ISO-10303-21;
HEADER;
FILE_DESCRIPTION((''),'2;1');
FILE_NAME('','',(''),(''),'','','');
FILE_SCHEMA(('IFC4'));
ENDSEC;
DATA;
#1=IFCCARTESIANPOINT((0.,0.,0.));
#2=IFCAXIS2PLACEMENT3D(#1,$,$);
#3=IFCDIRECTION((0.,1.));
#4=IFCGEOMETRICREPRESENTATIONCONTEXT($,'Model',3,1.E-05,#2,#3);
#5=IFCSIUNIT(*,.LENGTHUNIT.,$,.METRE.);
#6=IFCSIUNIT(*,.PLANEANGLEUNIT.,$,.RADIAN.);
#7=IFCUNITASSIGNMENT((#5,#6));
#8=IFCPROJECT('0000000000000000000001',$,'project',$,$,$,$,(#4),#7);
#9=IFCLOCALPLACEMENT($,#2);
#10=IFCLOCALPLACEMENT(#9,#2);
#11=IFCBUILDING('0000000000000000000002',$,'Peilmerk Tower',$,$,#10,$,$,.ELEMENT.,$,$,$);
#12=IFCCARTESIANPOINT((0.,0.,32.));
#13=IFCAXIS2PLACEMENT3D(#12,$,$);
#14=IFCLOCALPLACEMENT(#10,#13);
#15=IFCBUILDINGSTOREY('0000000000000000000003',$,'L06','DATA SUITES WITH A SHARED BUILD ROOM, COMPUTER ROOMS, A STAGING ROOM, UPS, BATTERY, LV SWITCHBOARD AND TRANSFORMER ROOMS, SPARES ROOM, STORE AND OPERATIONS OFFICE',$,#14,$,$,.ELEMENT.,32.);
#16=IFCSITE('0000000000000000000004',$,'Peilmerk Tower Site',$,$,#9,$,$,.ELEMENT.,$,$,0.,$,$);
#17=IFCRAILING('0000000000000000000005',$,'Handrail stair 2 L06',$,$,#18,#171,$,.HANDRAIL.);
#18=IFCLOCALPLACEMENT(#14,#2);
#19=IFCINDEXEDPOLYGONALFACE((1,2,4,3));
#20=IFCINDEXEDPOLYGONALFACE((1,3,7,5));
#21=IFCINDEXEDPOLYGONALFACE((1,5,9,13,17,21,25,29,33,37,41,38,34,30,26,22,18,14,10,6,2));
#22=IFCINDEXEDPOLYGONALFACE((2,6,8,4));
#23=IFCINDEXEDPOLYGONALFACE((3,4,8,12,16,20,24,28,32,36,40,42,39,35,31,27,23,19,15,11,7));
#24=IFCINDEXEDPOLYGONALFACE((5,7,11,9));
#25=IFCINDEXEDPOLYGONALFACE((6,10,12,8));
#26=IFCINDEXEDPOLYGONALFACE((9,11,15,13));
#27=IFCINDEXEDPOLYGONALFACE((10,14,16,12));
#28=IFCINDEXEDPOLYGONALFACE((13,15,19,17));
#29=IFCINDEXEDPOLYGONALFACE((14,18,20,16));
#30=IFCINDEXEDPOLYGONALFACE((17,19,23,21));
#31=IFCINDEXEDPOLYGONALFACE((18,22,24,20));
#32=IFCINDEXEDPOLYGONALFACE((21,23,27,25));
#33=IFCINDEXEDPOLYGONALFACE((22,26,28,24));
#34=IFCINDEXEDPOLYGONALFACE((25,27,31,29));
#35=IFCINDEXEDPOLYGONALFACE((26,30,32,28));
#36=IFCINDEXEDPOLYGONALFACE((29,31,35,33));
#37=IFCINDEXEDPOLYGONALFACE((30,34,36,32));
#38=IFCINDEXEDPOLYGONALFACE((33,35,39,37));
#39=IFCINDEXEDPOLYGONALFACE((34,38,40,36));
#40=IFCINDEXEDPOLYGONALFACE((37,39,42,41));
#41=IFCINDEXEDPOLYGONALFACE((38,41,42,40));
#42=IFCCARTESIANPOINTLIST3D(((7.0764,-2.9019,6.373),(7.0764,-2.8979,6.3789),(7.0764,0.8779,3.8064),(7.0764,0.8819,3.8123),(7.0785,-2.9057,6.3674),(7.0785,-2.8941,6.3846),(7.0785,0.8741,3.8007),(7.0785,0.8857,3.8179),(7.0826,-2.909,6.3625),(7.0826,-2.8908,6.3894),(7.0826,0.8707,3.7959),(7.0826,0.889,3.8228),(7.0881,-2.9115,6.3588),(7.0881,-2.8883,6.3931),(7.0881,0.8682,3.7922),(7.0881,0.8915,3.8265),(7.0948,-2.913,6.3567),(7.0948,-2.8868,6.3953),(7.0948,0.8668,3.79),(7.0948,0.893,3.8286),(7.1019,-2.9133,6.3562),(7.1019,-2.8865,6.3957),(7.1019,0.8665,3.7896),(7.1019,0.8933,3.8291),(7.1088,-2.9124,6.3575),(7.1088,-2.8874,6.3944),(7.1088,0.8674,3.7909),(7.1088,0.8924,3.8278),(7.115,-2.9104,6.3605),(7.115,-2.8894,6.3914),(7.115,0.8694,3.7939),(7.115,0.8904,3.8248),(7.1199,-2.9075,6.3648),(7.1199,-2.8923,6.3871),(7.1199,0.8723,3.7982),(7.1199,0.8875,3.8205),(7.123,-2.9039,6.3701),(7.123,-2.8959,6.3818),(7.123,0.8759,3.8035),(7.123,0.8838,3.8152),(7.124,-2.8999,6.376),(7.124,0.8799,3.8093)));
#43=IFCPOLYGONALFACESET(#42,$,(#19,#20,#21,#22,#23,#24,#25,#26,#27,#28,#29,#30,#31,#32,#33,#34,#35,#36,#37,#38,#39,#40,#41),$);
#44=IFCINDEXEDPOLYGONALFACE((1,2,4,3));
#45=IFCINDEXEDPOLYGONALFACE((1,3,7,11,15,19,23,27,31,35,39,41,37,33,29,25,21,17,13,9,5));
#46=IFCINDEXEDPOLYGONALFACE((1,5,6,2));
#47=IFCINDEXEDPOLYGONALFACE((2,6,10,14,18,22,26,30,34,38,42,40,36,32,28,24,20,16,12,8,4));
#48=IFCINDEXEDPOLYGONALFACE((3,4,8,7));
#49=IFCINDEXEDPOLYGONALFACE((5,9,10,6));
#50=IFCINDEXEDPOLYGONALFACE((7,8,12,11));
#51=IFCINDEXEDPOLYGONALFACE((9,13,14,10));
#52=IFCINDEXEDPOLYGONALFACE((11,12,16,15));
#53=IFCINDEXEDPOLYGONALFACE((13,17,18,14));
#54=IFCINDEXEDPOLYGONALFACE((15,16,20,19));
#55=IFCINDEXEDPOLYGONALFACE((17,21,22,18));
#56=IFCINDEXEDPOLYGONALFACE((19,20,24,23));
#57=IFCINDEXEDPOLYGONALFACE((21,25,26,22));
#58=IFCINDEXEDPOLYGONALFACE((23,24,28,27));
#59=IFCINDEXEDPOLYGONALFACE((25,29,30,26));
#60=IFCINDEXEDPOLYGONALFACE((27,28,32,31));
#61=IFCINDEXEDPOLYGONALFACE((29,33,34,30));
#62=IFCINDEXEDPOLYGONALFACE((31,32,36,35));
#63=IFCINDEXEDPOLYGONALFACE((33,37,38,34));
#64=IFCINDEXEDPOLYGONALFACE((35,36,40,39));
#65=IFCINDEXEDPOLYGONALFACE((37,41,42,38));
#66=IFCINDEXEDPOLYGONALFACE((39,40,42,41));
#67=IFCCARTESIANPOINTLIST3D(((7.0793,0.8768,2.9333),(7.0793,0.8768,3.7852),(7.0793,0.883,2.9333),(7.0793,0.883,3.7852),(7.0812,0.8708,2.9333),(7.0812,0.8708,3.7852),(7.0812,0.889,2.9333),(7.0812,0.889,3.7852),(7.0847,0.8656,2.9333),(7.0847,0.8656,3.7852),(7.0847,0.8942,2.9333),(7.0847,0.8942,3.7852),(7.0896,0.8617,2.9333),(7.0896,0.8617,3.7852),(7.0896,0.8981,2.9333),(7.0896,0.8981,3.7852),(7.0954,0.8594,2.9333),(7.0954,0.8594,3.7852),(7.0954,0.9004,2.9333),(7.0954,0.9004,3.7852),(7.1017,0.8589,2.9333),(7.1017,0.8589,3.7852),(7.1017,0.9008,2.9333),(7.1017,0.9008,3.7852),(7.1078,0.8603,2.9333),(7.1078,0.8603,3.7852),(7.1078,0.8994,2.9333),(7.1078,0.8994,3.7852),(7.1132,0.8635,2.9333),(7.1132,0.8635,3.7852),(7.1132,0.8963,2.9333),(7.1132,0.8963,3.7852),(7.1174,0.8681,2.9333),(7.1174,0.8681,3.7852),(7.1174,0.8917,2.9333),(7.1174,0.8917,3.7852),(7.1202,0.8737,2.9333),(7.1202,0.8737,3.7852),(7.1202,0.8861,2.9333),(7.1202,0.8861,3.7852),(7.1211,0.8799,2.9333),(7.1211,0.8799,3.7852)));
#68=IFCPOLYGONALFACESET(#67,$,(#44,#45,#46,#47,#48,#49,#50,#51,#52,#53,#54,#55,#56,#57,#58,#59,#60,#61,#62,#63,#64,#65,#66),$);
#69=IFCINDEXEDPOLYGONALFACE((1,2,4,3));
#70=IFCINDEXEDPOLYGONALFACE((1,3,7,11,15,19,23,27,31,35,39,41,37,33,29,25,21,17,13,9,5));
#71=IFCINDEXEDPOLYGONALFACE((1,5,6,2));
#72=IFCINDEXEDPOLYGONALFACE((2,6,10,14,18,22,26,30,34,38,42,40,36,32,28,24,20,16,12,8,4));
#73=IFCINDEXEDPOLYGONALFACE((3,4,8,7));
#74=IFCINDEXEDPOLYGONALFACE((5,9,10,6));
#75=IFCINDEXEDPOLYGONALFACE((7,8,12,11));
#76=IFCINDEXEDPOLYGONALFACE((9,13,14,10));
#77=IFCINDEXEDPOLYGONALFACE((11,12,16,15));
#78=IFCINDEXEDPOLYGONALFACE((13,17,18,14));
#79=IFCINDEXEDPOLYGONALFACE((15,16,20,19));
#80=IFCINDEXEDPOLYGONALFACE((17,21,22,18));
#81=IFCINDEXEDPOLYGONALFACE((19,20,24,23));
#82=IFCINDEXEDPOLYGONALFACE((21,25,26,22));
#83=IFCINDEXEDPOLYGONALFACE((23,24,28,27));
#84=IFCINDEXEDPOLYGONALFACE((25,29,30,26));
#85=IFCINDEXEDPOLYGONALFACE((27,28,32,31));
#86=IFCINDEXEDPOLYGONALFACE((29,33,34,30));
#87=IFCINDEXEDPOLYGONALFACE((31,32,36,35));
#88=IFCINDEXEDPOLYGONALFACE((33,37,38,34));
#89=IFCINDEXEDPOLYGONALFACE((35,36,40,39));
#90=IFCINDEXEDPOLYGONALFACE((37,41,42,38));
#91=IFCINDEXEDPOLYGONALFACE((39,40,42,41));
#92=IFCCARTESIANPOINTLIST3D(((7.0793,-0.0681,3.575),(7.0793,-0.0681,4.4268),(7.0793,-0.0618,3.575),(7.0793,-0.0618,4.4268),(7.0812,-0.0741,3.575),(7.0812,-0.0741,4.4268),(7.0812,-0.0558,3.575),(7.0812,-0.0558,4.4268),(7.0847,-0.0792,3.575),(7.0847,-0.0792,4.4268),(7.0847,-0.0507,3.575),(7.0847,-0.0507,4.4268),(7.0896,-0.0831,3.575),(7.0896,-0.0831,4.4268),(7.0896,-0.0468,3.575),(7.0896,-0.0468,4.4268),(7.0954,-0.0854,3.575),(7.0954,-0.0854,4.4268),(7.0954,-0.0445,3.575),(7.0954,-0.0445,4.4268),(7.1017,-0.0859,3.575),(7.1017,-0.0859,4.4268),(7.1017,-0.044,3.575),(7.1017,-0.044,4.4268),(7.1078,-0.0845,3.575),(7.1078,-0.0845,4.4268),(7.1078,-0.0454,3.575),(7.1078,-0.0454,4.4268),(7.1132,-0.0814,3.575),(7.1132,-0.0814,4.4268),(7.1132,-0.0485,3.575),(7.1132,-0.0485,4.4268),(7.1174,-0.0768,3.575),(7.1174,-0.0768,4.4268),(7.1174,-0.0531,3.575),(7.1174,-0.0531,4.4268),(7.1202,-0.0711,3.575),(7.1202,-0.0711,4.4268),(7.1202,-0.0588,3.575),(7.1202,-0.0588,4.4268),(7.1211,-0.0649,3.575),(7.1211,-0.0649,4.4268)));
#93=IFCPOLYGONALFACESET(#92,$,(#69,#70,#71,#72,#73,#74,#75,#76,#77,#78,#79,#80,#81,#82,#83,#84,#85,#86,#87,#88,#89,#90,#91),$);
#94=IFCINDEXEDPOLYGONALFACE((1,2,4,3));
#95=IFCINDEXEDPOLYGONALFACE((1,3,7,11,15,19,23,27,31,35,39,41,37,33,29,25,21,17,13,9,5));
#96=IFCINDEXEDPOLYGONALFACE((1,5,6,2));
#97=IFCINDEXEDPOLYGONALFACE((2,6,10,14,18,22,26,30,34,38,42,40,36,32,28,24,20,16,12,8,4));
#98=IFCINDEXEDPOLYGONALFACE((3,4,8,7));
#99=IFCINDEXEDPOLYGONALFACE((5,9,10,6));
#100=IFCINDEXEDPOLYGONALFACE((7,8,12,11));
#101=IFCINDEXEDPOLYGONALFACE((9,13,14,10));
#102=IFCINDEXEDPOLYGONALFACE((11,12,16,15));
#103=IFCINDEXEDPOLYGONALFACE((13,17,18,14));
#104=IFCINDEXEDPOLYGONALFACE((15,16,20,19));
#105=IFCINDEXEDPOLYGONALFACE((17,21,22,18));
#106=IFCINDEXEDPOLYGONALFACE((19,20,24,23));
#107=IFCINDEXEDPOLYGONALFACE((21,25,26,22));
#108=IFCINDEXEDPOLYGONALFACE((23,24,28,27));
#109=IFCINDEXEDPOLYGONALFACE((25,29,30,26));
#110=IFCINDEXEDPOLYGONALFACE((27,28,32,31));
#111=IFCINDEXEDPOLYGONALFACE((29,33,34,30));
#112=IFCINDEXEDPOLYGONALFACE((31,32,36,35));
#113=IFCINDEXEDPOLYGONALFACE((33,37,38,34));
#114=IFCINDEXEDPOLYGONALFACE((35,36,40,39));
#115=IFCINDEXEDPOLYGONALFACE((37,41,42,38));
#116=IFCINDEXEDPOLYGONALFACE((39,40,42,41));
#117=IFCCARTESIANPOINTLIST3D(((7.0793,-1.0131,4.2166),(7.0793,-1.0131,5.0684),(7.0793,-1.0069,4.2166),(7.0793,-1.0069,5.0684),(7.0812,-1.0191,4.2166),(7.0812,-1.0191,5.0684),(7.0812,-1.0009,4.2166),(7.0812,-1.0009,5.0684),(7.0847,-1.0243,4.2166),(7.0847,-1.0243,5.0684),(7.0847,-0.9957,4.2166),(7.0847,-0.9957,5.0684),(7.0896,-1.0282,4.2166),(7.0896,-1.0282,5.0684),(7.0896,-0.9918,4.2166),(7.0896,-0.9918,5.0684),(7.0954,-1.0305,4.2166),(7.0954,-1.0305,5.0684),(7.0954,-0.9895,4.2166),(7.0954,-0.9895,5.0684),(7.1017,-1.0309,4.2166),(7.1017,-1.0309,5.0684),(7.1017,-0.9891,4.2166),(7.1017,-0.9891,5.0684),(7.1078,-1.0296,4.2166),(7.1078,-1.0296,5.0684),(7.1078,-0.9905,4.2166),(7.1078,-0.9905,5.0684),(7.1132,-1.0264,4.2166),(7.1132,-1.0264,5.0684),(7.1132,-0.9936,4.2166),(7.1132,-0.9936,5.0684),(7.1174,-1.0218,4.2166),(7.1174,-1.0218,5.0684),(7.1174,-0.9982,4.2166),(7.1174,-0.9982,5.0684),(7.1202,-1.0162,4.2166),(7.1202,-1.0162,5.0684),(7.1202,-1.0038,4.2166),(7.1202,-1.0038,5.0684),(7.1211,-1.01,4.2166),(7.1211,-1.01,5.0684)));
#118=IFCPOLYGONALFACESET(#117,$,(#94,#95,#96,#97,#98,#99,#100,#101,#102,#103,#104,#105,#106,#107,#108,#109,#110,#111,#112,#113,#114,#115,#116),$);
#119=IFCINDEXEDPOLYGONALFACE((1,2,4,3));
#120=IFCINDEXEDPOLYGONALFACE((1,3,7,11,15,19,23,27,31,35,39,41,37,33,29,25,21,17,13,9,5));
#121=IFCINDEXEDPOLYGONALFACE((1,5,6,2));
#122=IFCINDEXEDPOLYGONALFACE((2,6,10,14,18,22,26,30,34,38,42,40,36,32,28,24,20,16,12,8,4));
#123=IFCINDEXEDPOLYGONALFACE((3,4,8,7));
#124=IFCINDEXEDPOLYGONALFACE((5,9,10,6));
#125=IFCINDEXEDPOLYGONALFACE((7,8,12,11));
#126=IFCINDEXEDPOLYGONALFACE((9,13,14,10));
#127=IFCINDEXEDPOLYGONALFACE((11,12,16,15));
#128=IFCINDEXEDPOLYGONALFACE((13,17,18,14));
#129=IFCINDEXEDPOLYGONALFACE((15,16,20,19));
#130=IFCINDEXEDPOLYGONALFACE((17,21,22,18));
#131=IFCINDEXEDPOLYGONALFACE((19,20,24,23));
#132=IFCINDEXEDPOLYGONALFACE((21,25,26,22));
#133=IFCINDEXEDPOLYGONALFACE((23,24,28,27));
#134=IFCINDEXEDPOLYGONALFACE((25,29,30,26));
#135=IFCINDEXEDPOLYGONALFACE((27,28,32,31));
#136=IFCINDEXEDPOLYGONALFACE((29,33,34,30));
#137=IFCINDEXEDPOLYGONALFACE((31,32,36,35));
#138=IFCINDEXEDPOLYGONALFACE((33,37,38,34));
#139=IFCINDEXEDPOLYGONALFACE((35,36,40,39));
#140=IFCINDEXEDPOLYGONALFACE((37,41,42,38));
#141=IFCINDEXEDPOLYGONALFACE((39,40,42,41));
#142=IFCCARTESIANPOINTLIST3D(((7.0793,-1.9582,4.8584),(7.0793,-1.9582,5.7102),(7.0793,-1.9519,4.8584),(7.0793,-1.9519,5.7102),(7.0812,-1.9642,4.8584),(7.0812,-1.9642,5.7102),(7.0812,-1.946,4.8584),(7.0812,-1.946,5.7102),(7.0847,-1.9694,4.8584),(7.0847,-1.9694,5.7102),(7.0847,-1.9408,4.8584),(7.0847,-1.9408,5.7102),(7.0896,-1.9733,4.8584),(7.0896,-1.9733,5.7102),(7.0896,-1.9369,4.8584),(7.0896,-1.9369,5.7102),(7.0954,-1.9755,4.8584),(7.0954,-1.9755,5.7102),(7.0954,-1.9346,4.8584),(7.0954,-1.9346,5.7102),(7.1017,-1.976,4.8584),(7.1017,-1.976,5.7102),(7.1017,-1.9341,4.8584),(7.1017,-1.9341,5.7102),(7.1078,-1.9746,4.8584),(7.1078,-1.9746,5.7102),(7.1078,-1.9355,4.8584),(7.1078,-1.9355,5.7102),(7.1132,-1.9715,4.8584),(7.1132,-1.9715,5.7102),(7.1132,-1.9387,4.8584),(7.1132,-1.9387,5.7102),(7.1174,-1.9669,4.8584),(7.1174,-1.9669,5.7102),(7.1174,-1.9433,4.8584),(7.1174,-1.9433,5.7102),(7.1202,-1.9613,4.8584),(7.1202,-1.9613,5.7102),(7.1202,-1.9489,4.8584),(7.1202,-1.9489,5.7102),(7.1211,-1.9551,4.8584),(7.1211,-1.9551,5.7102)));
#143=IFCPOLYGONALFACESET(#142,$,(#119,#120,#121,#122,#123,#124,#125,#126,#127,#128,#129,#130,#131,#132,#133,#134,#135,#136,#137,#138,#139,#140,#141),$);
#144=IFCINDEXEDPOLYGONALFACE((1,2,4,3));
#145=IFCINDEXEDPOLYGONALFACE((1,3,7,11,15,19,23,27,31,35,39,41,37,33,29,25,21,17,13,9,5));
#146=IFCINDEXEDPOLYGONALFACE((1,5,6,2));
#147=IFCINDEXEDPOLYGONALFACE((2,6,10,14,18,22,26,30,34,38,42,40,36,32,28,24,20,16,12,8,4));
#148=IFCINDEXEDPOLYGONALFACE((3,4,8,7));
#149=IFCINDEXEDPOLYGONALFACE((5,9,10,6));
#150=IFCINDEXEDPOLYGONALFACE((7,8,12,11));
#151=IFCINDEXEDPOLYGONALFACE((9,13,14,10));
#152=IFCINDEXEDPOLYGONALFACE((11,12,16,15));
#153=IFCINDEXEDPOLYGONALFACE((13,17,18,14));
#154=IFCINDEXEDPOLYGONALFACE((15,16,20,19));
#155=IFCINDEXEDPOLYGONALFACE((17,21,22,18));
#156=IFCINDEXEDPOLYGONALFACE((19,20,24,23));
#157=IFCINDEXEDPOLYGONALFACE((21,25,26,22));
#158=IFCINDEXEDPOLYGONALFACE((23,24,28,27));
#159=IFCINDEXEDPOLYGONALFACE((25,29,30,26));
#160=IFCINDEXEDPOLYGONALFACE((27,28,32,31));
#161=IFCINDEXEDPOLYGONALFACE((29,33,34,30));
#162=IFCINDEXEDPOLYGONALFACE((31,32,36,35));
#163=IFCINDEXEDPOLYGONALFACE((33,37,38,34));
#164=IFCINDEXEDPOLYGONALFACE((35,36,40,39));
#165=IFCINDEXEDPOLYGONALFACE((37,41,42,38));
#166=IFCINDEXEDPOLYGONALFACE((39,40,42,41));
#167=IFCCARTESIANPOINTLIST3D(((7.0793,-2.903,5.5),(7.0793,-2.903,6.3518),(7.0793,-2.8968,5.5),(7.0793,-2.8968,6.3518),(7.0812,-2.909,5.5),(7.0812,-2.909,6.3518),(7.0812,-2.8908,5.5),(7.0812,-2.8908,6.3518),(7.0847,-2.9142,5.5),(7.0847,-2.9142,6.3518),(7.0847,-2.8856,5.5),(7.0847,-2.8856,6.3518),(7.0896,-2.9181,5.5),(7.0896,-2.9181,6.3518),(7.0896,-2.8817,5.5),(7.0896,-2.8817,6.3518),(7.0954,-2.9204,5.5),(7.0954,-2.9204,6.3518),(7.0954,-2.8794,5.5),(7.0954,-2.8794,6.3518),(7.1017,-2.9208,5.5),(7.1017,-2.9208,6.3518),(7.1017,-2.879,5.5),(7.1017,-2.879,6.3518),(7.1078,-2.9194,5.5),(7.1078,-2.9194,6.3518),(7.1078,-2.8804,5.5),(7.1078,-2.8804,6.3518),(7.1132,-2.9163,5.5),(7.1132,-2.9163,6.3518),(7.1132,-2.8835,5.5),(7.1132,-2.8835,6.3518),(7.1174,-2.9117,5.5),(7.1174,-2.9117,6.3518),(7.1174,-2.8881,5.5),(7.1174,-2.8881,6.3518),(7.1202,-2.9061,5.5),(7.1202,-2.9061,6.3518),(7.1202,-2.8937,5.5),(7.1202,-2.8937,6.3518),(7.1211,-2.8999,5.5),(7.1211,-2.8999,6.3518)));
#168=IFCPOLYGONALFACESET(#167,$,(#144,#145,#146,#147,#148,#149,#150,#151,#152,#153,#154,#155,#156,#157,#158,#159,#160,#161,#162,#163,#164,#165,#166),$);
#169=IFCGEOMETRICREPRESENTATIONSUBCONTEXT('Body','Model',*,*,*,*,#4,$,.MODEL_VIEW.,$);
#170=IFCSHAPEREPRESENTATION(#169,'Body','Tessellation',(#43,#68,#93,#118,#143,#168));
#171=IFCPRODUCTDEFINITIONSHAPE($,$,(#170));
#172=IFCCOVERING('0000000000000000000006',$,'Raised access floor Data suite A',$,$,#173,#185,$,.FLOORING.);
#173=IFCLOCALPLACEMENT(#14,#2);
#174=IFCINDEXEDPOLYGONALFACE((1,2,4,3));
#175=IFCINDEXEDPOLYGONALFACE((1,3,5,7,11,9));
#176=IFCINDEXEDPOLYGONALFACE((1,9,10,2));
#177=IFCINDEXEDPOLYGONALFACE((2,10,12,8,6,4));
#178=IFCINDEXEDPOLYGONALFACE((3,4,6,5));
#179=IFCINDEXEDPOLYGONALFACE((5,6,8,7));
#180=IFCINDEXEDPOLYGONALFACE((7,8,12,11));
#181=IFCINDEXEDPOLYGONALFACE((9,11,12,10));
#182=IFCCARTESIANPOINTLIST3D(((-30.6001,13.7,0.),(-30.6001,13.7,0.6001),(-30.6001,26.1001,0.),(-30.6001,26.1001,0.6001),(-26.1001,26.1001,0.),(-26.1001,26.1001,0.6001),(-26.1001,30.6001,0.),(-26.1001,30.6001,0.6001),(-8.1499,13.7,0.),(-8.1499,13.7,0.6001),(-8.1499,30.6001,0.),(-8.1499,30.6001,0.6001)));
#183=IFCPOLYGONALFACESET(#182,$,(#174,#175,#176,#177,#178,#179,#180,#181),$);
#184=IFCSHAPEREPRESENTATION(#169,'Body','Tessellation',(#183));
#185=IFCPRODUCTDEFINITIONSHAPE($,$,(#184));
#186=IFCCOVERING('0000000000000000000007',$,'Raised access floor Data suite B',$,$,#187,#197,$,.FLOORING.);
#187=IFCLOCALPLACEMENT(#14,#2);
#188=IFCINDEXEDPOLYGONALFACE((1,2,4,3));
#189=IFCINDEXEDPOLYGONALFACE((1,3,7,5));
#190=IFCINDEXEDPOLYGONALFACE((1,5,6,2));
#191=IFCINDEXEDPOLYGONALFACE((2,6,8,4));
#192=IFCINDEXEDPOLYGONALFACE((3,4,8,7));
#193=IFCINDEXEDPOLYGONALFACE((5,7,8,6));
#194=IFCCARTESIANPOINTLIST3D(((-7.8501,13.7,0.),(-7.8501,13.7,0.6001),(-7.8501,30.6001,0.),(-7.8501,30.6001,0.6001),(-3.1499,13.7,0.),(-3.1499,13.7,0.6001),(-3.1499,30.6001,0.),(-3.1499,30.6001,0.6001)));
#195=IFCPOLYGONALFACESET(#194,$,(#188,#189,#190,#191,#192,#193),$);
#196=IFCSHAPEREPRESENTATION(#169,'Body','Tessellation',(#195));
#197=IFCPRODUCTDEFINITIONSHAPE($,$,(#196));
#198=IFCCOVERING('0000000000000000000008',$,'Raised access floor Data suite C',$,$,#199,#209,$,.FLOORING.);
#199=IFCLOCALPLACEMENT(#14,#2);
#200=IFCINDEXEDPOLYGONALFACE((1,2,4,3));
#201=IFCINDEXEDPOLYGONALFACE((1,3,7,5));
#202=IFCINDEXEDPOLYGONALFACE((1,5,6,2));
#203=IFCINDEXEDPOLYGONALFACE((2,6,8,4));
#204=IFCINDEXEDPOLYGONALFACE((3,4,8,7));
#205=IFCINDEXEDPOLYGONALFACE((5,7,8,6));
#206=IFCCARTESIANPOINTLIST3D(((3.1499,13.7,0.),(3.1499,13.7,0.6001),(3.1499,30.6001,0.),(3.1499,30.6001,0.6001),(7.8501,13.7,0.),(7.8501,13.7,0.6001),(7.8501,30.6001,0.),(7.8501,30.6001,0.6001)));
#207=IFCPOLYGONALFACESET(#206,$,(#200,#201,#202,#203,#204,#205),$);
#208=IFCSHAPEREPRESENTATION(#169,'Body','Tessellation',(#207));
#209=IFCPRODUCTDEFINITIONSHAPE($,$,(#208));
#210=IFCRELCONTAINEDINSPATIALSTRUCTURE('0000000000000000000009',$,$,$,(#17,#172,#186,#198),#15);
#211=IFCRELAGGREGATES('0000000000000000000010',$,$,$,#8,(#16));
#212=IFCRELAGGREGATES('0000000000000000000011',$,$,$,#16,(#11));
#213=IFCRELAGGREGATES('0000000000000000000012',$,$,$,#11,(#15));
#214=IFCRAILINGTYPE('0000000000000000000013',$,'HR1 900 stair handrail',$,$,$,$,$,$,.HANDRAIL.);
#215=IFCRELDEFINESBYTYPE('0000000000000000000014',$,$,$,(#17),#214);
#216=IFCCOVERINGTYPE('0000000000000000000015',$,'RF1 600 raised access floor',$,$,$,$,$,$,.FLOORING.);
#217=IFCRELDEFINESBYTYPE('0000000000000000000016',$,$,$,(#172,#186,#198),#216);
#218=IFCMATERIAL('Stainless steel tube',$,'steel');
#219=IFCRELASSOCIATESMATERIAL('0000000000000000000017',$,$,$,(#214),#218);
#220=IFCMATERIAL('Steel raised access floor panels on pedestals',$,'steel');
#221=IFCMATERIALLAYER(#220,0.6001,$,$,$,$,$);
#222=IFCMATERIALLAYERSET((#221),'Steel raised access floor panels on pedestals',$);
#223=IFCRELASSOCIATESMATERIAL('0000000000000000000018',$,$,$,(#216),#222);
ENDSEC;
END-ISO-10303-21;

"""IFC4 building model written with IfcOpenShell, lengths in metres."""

from ifc_helpers import new_model, si_unit, direction, frame, origin, origin_2d, place, context, subcontext, project, spatial, polyline, circle, outline, extrude, material, layer, layer_set, type_object, element, save


model = new_model("IFC4")

# Units and contexts
model_context = context("Model", 3, precision=1e-05, world=origin(), true_north=direction((0.0, 1.0)))
body_context = subcontext(model_context, "Body", "Model", "MODEL_VIEW")
ifc_project = project(units=[si_unit("LENGTHUNIT", "METRE"), si_unit("PLANEANGLEUNIT", "RADIAN")], contexts=[model_context])

# Site, building, storey
site_placement = place(None, origin())
site = spatial("IfcSite", under=ifc_project, at=site_placement, Name="Peilmerk Tower Site", CompositionType="ELEMENT", RefElevation=0.0)
building_placement = place(site_placement, origin())
building = spatial("IfcBuilding", under=site, at=building_placement, Name="Peilmerk Tower", CompositionType="ELEMENT")
storey_placement = place(building_placement, frame((0.0, 0.0, 32.0)))
storey = spatial("IfcBuildingStorey", under=building, at=storey_placement, Name="L06", Description="DATA SUITES WITH A SHARED BUILD ROOM, COMPUTER ROOMS, A STAGING ROOM, UPS, BATTERY, LV SWITCHBOARD AND TRANSFORMER ROOMS, SPARES ROOM, STORE AND OPERATIONS OFFICE", CompositionType="ELEMENT", Elevation=32.0)

# Railing
ifc_material_1 = material(Name="Stainless steel tube", Category="steel")
railing_type = type_object("IfcRailingType", Name="HR1 900 stair handrail", PredefinedType="HANDRAIL", material=ifc_material_1)
railing_placement = place(storey_placement, frame((7.1001, 0.8799, 2.9333)))
element("IfcRailing", 1, at=railing_placement, inside=storey, type_object=railing_type, Name="Handrail stair 2 L06", PredefinedType="HANDRAIL", context=body_context, shape_type="SweptSolid", body=[
    extrude(circle(Radius=0.0239, at=origin_2d()), frame((0.0, 0.0, 0.876), z_axis=(0.0, -0.827293, 0.561771), x_axis=(1.0, 0.0, 0.0)), (0.0, 0.0, 1.0), 4.5688),
    extrude(circle(Radius=0.021, at=origin_2d()), origin(), (0.0, 0.0, 1.0), 0.8518),
    extrude(circle(Radius=0.021, at=origin_2d()), frame((0.0, -0.9448, 0.6416)), (0.0, 0.0, 1.0), 0.8518),
    extrude(circle(Radius=0.021, at=origin_2d()), frame((0.0, -1.8899, 1.2832)), (0.0, 0.0, 1.0), 0.8518),
    extrude(circle(Radius=0.021, at=origin_2d()), frame((0.0, -2.835, 1.925)), (0.0, 0.0, 1.0), 0.8518),
    extrude(circle(Radius=0.021, at=origin_2d()), frame((0.0, -3.7798, 2.5667)), (0.0, 0.0, 1.0), 0.8518),
])

# Coverings
ifc_material_2 = material(Name="Steel raised access floor panels on pedestals", Category="steel")
ifc_layer_1 = layer(ifc_material_2, 0.6001)
ifc_layer_set_1 = layer_set([ifc_layer_1], Name="Steel raised access floor panels on pedestals")
covering_type_1 = type_object("IfcCoveringType", Name="RF1 600 raised access floor", PredefinedType="FLOORING", material=ifc_layer_set_1)
covering_1_placement = place(storey_placement, origin())
element("IfcCovering", 2, at=covering_1_placement, inside=storey, type_object=covering_type_1, Name="Raised access floor Data suite A", PredefinedType="FLOORING", context=body_context, shape_type="SweptSolid", body=[
    extrude(outline(polyline([(-30.6001, 26.1001), (-30.6001, 13.7), (-8.1499, 13.7), (-8.1499, 30.6001), (-26.1001, 30.6001), (-26.1001, 26.1001), (-30.6001, 26.1001)])), origin(), (0.0, 0.0, 1.0), 0.6001),
])
covering_2_placement = place(storey_placement, origin())
element("IfcCovering", 3, at=covering_2_placement, inside=storey, type_object=covering_type_1, Name="Raised access floor Data suite B", PredefinedType="FLOORING", context=body_context, shape_type="SweptSolid", body=[
    extrude(outline(polyline([(-3.1499, 30.6001), (-7.8501, 30.6001), (-7.8501, 13.7), (-3.1499, 13.7), (-3.1499, 30.6001)])), origin(), (0.0, 0.0, 1.0), 0.6001),
])
covering_3_placement = place(storey_placement, origin())
element("IfcCovering", 4, at=covering_3_placement, inside=storey, type_object=covering_type_1, Name="Raised access floor Data suite C", PredefinedType="FLOORING", context=body_context, shape_type="SweptSolid", body=[
    extrude(outline(polyline([(7.8501, 30.6001), (3.1499, 30.6001), (3.1499, 13.7), (7.8501, 13.7), (7.8501, 30.6001)])), origin(), (0.0, 0.0, 1.0), 0.6001),
])

save(model, "model.ifc")
